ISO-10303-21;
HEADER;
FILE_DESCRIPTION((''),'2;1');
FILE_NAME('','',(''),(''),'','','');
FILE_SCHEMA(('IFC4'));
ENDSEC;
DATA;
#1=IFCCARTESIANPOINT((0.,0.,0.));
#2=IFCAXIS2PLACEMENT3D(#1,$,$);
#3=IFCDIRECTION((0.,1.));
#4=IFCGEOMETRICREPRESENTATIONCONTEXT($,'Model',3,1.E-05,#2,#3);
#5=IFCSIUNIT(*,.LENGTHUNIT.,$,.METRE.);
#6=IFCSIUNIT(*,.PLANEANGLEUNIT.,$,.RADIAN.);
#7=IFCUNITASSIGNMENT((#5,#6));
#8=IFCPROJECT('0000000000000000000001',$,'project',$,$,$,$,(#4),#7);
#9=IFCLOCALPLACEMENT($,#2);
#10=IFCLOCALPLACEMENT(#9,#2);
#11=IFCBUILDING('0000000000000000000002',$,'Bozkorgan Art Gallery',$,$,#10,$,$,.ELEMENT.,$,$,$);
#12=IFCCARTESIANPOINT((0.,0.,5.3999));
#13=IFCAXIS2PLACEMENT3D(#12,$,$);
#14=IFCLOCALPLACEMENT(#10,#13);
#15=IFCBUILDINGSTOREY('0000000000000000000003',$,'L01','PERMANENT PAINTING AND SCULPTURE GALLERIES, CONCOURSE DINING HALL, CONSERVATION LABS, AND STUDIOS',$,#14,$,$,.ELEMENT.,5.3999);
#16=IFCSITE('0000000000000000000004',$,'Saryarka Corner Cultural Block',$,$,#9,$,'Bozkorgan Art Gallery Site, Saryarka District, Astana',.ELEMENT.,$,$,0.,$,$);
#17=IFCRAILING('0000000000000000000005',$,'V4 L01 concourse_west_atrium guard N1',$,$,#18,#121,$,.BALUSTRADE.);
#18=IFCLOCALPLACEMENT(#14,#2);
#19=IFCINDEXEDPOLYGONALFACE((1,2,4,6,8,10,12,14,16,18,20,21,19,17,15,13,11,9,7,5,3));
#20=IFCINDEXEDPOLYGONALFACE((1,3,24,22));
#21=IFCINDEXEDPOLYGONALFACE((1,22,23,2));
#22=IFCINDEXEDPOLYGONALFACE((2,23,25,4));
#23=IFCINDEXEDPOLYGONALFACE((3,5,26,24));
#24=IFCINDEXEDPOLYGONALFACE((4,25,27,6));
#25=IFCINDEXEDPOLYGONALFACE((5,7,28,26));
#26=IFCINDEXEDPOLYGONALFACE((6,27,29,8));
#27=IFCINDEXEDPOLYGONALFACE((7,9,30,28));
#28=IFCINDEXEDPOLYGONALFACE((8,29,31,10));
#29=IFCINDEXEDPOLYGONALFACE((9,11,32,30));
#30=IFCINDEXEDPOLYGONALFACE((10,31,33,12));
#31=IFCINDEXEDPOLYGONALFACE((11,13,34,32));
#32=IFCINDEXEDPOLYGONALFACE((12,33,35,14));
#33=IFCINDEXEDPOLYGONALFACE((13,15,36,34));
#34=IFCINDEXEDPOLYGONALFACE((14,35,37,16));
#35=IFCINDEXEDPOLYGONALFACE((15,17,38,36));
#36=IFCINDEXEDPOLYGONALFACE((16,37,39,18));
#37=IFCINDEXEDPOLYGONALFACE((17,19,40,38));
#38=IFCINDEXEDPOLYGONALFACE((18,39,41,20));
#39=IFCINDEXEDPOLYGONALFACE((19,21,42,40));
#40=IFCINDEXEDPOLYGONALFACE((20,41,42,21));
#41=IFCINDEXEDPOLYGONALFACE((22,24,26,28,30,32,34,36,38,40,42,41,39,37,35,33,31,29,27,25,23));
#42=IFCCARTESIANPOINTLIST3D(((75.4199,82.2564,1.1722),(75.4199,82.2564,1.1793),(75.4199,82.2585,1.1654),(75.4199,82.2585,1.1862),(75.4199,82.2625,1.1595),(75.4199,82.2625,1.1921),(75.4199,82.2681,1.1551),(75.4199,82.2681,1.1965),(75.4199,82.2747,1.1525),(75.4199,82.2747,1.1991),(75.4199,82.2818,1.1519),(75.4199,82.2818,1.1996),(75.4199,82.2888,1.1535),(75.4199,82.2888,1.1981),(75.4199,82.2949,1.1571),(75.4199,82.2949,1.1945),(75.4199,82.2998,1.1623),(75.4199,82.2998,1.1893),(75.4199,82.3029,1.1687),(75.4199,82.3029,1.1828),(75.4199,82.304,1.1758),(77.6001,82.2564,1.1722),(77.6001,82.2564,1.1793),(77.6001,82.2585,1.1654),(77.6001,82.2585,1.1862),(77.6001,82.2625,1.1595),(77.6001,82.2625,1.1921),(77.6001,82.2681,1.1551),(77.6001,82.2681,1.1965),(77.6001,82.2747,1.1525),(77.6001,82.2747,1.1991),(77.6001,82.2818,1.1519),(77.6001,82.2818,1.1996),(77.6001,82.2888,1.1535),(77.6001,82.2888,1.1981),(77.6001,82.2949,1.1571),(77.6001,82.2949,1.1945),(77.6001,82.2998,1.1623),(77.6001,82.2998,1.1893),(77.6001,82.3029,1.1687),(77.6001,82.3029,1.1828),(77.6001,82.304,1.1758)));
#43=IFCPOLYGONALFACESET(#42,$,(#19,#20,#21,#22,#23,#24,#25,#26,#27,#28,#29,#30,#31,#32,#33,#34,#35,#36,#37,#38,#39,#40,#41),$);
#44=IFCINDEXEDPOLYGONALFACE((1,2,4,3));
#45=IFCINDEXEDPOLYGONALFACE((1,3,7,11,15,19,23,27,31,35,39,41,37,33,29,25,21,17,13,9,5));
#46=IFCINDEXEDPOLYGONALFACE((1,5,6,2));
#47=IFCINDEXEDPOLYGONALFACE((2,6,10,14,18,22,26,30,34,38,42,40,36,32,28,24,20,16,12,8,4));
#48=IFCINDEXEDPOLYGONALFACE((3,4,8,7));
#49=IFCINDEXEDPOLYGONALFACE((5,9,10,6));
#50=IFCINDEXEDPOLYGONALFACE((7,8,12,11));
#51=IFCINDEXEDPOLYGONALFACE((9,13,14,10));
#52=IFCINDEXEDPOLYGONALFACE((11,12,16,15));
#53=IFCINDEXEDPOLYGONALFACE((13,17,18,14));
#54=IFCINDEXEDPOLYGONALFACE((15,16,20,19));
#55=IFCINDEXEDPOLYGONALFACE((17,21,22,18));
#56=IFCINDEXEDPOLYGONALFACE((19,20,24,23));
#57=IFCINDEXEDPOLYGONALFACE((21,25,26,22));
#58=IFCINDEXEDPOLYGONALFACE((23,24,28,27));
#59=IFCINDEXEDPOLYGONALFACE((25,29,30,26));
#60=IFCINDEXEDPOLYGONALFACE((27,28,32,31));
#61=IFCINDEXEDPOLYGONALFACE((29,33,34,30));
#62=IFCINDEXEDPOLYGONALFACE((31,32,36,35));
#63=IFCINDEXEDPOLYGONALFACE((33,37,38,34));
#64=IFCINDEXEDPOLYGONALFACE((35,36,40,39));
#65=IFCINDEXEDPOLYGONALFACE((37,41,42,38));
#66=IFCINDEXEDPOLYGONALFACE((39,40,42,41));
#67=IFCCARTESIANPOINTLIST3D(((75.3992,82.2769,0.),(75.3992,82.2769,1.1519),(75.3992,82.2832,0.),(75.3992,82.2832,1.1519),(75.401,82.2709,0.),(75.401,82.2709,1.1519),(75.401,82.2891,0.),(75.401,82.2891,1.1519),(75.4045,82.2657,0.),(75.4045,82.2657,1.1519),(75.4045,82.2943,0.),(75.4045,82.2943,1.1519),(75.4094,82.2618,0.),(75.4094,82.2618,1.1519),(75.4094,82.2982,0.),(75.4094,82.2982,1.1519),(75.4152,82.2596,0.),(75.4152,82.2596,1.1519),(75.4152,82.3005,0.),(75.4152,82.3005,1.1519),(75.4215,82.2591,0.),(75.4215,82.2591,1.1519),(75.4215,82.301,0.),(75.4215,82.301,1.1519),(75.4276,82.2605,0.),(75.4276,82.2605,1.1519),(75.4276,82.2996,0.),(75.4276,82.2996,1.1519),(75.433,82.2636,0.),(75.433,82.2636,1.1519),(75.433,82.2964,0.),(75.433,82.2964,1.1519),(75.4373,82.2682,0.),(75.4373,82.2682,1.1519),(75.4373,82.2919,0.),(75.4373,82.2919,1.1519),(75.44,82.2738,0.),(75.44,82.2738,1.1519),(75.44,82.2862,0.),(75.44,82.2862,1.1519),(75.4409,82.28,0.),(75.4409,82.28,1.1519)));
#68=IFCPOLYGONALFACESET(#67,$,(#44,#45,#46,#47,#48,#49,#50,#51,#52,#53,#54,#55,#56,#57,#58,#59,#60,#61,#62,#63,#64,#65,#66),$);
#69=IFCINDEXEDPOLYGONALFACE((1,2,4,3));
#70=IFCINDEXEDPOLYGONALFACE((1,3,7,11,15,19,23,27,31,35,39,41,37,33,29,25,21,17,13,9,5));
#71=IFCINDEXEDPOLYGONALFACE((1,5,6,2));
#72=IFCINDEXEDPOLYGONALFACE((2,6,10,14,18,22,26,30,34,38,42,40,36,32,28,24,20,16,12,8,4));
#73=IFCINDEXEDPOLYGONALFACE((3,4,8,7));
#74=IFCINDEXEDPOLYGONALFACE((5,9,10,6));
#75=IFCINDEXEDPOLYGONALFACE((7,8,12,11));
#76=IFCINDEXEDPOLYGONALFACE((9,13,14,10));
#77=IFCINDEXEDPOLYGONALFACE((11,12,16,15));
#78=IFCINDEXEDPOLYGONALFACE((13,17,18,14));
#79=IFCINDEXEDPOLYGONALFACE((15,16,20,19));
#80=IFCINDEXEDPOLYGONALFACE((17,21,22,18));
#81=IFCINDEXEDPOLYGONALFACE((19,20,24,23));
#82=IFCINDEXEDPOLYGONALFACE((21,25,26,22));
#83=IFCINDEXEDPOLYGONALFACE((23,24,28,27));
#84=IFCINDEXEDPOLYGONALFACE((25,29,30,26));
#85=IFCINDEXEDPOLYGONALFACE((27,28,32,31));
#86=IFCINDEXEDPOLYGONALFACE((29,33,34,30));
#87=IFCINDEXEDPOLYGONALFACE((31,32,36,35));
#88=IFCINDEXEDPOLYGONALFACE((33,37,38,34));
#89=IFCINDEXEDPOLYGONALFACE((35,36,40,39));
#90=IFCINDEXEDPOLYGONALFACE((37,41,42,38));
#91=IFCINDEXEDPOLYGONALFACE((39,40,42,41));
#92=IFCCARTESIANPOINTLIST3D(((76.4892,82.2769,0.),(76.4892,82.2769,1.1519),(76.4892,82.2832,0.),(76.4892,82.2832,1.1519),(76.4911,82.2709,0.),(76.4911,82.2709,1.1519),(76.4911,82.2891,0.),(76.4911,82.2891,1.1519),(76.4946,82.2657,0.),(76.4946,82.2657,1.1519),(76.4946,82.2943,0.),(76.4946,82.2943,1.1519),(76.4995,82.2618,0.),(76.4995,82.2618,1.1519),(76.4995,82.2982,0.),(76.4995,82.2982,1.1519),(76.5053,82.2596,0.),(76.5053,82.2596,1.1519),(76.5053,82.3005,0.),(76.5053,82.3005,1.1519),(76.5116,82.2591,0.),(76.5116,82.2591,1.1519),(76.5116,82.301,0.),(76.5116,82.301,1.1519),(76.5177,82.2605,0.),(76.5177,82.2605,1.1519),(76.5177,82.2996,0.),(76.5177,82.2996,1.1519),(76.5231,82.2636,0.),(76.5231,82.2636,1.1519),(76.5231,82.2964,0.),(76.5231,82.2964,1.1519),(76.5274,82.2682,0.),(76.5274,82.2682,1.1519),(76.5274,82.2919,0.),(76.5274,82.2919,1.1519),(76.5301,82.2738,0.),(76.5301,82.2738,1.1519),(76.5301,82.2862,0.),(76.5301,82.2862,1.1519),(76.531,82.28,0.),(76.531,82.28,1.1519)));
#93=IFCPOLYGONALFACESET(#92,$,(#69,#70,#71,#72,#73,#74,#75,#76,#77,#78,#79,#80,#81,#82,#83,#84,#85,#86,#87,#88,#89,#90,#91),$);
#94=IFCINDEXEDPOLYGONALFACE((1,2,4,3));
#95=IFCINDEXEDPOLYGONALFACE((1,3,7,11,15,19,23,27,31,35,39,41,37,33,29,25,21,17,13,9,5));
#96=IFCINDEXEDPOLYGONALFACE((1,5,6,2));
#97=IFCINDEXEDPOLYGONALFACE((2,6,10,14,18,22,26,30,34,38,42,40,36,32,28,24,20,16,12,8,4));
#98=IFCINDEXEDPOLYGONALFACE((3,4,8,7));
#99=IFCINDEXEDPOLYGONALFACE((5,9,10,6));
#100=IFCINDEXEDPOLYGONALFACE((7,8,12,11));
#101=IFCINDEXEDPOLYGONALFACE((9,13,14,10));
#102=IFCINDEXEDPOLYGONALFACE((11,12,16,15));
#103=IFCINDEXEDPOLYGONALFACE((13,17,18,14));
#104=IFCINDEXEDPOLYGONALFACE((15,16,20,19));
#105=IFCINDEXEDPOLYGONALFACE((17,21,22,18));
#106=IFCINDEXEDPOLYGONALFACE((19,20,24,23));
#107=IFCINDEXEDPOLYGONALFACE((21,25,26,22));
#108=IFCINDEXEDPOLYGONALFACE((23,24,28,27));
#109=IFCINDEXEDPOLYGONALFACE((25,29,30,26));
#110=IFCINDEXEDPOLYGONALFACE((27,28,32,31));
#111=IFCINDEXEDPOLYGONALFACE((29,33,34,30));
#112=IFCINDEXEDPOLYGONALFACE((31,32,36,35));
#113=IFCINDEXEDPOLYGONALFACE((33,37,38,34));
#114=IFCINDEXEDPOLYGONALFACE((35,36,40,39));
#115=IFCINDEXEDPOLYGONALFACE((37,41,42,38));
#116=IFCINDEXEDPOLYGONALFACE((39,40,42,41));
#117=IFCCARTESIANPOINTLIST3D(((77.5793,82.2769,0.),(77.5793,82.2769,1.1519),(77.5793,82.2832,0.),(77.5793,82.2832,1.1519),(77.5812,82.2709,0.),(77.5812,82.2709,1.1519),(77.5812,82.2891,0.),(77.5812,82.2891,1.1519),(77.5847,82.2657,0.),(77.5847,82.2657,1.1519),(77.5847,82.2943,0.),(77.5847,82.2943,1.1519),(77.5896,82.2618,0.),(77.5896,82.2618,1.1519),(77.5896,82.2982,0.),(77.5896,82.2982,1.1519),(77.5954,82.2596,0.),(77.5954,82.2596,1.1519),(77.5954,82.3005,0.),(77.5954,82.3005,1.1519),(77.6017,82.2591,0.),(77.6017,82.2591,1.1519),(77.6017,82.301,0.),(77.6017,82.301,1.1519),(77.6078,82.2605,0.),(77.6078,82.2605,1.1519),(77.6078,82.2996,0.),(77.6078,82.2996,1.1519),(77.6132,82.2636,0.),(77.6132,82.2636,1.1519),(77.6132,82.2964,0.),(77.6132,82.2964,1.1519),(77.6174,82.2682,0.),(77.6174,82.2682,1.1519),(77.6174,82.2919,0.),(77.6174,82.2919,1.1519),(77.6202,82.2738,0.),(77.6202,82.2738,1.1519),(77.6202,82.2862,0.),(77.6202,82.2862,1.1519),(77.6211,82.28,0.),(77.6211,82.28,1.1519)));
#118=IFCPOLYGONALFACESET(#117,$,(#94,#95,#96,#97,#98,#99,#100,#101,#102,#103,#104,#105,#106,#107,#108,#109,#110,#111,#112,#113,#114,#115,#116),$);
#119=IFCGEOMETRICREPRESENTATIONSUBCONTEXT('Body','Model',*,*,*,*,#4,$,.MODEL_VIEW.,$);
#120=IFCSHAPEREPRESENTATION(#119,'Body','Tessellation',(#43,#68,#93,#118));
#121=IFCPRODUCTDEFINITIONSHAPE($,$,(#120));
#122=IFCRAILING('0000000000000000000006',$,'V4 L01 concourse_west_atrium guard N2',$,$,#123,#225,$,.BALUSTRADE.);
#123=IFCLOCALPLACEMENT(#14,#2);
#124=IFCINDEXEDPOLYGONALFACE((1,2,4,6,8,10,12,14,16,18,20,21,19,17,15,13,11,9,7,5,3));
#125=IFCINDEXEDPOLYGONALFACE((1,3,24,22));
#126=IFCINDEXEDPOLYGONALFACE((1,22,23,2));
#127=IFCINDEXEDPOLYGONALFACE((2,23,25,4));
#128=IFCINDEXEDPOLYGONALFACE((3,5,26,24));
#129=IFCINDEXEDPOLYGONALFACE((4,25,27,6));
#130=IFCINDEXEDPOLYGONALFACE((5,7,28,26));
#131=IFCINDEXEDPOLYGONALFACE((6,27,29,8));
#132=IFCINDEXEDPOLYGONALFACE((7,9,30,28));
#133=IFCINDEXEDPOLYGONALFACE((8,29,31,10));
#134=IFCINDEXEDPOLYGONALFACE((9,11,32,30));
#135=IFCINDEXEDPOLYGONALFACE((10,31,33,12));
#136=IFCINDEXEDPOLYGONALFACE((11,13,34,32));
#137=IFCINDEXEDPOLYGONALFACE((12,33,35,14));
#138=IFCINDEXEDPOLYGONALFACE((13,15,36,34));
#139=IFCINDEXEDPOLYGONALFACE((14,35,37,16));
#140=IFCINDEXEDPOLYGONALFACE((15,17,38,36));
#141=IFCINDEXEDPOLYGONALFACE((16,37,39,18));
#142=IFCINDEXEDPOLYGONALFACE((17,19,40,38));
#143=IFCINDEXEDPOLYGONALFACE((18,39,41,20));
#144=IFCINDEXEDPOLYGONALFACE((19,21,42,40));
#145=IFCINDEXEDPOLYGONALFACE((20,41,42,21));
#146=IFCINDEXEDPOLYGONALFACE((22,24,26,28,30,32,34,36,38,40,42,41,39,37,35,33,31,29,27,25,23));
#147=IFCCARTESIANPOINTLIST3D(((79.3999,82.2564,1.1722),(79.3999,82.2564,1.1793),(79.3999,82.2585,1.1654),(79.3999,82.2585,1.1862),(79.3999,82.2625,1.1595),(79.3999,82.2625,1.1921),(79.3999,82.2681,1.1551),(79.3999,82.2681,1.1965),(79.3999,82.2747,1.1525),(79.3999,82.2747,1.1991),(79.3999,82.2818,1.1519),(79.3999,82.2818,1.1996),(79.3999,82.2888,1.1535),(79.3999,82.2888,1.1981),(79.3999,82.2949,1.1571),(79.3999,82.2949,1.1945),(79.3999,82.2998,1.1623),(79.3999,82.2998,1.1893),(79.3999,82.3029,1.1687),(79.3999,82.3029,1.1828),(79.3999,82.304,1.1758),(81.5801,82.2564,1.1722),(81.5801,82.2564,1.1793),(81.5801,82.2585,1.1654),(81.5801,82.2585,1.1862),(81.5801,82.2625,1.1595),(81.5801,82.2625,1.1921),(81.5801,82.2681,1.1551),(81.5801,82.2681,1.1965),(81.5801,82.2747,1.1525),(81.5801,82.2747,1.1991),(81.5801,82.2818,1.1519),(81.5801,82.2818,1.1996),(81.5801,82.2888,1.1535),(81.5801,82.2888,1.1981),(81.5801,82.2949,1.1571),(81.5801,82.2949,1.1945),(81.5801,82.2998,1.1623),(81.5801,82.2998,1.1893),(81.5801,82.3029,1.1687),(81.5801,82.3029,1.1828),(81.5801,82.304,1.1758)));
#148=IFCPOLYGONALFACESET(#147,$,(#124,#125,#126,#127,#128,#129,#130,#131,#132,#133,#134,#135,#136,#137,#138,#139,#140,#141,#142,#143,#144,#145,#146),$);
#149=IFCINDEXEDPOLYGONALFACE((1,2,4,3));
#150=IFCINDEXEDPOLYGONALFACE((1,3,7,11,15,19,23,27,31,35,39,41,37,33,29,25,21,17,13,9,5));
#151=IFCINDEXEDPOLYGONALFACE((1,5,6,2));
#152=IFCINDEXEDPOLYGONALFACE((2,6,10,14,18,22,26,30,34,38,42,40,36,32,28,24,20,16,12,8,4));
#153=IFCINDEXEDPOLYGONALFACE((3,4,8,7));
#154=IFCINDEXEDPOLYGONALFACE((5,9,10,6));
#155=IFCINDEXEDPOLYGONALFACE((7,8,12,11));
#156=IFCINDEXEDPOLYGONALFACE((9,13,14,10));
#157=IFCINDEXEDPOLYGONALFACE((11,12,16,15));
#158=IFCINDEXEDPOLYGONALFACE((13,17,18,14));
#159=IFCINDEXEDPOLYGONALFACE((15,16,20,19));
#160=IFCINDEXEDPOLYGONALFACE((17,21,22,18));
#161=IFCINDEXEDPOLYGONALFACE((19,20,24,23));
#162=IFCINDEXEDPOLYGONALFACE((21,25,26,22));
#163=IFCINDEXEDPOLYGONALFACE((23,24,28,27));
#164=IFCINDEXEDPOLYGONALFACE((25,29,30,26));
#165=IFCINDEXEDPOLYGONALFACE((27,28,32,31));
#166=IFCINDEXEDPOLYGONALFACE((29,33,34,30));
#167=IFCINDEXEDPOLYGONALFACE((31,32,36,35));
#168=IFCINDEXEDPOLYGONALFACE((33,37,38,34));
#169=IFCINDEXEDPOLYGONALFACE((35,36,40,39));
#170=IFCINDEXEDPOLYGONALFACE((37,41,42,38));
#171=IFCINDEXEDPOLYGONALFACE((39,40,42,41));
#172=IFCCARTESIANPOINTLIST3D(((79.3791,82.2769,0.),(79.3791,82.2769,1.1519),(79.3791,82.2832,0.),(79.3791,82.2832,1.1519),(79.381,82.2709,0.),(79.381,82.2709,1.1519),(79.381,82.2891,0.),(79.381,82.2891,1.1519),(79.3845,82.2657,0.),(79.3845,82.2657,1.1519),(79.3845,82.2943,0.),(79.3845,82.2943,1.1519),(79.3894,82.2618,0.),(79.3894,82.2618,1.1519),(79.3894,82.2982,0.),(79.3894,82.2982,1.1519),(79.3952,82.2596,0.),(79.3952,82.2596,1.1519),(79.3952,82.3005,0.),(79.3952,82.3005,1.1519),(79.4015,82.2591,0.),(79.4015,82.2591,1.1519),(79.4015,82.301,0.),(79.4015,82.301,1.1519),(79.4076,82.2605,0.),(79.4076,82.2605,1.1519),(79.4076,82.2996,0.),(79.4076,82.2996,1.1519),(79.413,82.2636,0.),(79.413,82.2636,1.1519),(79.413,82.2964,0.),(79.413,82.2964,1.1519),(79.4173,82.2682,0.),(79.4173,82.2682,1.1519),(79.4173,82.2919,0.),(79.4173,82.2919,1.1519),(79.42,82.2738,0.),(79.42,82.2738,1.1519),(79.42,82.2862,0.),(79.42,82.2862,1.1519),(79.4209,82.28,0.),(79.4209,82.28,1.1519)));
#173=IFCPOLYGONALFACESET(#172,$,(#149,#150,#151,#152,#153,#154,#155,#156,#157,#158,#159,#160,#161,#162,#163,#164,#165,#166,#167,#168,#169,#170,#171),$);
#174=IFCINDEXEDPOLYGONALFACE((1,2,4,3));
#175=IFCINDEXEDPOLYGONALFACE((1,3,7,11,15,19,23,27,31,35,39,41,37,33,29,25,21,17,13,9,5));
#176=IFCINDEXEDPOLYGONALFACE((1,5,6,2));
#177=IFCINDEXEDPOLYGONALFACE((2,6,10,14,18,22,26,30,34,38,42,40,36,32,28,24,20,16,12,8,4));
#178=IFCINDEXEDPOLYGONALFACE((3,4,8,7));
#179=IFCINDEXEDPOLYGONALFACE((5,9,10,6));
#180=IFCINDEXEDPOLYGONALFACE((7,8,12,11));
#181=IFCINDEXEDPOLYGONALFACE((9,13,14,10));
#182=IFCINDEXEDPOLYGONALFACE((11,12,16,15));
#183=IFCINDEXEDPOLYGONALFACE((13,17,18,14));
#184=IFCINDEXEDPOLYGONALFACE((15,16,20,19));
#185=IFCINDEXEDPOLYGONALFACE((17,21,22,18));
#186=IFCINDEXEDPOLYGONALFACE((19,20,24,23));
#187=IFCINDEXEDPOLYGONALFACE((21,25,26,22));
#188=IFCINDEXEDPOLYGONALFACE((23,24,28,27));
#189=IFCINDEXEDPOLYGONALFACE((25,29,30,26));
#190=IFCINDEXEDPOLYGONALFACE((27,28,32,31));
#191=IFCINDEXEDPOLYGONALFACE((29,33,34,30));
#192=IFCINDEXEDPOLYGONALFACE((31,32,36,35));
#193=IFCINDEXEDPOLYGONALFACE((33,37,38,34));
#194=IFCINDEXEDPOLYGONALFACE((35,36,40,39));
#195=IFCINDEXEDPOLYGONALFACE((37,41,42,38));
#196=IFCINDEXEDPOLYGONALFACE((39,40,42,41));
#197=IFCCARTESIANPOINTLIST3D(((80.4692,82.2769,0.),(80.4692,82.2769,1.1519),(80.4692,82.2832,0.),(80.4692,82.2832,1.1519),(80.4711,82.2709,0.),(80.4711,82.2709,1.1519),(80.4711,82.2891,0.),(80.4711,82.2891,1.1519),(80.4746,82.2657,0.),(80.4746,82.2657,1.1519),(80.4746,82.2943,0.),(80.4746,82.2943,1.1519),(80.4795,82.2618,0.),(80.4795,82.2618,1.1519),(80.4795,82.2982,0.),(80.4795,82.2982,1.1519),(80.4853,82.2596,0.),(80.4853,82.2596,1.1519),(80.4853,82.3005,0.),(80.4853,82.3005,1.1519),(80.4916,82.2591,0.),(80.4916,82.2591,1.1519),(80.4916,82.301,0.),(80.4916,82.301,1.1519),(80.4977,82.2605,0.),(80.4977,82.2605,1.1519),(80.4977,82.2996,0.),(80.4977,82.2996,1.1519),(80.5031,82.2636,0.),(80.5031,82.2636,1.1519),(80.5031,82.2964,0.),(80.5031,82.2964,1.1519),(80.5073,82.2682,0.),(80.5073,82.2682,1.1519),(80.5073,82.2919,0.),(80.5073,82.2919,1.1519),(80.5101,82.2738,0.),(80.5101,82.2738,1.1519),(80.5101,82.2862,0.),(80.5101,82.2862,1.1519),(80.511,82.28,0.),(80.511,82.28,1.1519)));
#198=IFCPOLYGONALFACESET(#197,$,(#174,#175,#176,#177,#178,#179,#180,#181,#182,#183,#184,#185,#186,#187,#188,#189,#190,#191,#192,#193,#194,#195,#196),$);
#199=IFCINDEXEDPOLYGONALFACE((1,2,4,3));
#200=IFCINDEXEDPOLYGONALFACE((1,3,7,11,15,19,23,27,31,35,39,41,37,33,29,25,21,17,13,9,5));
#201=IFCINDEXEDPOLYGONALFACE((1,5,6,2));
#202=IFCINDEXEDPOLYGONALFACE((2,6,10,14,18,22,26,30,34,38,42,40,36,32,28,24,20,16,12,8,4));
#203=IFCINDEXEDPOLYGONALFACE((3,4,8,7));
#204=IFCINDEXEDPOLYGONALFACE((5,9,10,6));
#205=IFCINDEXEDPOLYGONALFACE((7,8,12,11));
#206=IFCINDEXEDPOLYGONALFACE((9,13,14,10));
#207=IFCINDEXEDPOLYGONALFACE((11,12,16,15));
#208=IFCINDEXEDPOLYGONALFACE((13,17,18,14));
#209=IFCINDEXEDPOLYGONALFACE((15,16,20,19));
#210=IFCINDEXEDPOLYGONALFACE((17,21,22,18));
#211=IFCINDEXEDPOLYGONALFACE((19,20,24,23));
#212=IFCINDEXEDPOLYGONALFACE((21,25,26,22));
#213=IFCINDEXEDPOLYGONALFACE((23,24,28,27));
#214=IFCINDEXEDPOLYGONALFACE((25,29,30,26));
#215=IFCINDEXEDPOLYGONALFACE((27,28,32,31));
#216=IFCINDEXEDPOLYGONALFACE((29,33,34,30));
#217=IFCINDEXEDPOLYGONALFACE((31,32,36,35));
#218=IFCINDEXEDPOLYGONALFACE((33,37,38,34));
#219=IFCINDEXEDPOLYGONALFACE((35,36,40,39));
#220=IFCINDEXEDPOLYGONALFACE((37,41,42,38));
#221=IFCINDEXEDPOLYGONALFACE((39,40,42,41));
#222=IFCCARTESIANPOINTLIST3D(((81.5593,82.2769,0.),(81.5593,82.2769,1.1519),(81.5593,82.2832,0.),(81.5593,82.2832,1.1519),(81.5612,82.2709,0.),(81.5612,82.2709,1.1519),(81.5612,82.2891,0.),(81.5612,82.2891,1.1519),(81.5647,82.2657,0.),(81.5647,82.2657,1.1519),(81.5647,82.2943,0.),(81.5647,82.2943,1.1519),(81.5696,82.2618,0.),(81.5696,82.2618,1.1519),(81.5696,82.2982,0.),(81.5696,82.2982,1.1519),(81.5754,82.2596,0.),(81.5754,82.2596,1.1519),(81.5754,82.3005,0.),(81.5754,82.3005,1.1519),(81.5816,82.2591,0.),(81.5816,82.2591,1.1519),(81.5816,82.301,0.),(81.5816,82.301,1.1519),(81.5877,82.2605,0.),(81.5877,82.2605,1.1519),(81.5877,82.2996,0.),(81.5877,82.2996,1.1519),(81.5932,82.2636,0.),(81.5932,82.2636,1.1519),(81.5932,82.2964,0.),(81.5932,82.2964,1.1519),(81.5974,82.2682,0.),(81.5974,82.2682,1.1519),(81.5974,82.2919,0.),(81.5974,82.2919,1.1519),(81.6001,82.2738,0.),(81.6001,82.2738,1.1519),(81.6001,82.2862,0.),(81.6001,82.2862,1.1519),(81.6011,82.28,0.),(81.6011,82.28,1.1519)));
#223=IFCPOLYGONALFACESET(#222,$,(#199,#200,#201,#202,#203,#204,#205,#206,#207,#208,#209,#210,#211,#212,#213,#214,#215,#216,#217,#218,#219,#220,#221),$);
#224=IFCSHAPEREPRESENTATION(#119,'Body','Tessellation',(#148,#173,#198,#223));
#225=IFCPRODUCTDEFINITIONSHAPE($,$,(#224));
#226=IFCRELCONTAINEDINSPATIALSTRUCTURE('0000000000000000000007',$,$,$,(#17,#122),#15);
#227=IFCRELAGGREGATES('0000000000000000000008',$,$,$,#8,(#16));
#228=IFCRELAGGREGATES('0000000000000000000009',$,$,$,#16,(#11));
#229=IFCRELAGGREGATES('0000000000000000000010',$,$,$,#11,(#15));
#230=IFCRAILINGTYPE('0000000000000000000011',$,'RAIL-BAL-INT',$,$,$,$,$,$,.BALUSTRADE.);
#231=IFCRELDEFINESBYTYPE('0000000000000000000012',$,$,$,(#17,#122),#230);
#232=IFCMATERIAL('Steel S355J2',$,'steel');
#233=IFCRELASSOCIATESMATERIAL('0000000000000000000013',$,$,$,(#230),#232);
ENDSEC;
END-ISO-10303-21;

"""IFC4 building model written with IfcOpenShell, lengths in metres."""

from ifc_helpers import new_model, si_unit, direction, frame, origin, origin_2d, place, context, subcontext, project, spatial, circle, extrude, material, type_object, element, save


model = new_model("IFC4")

# Units and contexts
model_context = context("Model", 3, precision=1e-05, world=origin(), true_north=direction((0.0, 1.0)))
body_context = subcontext(model_context, "Body", "Model", "MODEL_VIEW")
ifc_project = project(units=[si_unit("LENGTHUNIT", "METRE"), si_unit("PLANEANGLEUNIT", "RADIAN")], contexts=[model_context])

# Site, building, storey
site_placement = place(None, origin())
site = spatial("IfcSite", under=ifc_project, at=site_placement, Name="Saryarka Corner Cultural Block", LongName="Bozkorgan Art Gallery Site, Saryarka District, Astana", CompositionType="ELEMENT", RefElevation=0.0)
building_placement = place(site_placement, origin())
building = spatial("IfcBuilding", under=site, at=building_placement, Name="Bozkorgan Art Gallery", CompositionType="ELEMENT")
storey_placement = place(building_placement, frame((0.0, 0.0, 5.3999)))
storey = spatial("IfcBuildingStorey", under=building, at=storey_placement, Name="L01", Description="PERMANENT PAINTING AND SCULPTURE GALLERIES, CONCOURSE DINING HALL, CONSERVATION LABS, AND STUDIOS", CompositionType="ELEMENT", Elevation=5.3999)

# Shared definitions
ifc_material_1 = material(Name="Steel S355J2", Category="steel")

# Railings
railing_type = type_object("IfcRailingType", Name="RAIL-BAL-INT", PredefinedType="BALUSTRADE", material=ifc_material_1)
for number, where, name in (
    (1, (75.4199, 82.28, 0.0), "V4 L01 concourse_west_atrium guard N1"),
    (2, (79.3999, 82.28, 0.0), "V4 L01 concourse_west_atrium guard N2"),
):
    element("IfcRailing", number, at=place(storey_placement, frame(where)), inside=storey, type_object=railing_type, Name=name, PredefinedType="BALUSTRADE", context=body_context, shape_type="SweptSolid", body=[
        extrude(circle(Radius=0.0239, at=origin_2d()), frame((0.0, 0.0, 1.1758), z_axis=(1.0, 0.0, 0.0), x_axis=(0.0, 1.0, 0.0)), (0.0, 0.0, 1.0), 2.1802),
        extrude(circle(Radius=0.021, at=origin_2d()), origin(), (0.0, 0.0, 1.0), 1.1519),
        extrude(circle(Radius=0.021, at=origin_2d()), frame((1.0901, 0.0, 0.0)), (0.0, 0.0, 1.0), 1.1519),
        extrude(circle(Radius=0.021, at=origin_2d()), frame((2.1802, 0.0, 0.0)), (0.0, 0.0, 1.0), 1.1519),
    ])

save(model, "model.ifc")
